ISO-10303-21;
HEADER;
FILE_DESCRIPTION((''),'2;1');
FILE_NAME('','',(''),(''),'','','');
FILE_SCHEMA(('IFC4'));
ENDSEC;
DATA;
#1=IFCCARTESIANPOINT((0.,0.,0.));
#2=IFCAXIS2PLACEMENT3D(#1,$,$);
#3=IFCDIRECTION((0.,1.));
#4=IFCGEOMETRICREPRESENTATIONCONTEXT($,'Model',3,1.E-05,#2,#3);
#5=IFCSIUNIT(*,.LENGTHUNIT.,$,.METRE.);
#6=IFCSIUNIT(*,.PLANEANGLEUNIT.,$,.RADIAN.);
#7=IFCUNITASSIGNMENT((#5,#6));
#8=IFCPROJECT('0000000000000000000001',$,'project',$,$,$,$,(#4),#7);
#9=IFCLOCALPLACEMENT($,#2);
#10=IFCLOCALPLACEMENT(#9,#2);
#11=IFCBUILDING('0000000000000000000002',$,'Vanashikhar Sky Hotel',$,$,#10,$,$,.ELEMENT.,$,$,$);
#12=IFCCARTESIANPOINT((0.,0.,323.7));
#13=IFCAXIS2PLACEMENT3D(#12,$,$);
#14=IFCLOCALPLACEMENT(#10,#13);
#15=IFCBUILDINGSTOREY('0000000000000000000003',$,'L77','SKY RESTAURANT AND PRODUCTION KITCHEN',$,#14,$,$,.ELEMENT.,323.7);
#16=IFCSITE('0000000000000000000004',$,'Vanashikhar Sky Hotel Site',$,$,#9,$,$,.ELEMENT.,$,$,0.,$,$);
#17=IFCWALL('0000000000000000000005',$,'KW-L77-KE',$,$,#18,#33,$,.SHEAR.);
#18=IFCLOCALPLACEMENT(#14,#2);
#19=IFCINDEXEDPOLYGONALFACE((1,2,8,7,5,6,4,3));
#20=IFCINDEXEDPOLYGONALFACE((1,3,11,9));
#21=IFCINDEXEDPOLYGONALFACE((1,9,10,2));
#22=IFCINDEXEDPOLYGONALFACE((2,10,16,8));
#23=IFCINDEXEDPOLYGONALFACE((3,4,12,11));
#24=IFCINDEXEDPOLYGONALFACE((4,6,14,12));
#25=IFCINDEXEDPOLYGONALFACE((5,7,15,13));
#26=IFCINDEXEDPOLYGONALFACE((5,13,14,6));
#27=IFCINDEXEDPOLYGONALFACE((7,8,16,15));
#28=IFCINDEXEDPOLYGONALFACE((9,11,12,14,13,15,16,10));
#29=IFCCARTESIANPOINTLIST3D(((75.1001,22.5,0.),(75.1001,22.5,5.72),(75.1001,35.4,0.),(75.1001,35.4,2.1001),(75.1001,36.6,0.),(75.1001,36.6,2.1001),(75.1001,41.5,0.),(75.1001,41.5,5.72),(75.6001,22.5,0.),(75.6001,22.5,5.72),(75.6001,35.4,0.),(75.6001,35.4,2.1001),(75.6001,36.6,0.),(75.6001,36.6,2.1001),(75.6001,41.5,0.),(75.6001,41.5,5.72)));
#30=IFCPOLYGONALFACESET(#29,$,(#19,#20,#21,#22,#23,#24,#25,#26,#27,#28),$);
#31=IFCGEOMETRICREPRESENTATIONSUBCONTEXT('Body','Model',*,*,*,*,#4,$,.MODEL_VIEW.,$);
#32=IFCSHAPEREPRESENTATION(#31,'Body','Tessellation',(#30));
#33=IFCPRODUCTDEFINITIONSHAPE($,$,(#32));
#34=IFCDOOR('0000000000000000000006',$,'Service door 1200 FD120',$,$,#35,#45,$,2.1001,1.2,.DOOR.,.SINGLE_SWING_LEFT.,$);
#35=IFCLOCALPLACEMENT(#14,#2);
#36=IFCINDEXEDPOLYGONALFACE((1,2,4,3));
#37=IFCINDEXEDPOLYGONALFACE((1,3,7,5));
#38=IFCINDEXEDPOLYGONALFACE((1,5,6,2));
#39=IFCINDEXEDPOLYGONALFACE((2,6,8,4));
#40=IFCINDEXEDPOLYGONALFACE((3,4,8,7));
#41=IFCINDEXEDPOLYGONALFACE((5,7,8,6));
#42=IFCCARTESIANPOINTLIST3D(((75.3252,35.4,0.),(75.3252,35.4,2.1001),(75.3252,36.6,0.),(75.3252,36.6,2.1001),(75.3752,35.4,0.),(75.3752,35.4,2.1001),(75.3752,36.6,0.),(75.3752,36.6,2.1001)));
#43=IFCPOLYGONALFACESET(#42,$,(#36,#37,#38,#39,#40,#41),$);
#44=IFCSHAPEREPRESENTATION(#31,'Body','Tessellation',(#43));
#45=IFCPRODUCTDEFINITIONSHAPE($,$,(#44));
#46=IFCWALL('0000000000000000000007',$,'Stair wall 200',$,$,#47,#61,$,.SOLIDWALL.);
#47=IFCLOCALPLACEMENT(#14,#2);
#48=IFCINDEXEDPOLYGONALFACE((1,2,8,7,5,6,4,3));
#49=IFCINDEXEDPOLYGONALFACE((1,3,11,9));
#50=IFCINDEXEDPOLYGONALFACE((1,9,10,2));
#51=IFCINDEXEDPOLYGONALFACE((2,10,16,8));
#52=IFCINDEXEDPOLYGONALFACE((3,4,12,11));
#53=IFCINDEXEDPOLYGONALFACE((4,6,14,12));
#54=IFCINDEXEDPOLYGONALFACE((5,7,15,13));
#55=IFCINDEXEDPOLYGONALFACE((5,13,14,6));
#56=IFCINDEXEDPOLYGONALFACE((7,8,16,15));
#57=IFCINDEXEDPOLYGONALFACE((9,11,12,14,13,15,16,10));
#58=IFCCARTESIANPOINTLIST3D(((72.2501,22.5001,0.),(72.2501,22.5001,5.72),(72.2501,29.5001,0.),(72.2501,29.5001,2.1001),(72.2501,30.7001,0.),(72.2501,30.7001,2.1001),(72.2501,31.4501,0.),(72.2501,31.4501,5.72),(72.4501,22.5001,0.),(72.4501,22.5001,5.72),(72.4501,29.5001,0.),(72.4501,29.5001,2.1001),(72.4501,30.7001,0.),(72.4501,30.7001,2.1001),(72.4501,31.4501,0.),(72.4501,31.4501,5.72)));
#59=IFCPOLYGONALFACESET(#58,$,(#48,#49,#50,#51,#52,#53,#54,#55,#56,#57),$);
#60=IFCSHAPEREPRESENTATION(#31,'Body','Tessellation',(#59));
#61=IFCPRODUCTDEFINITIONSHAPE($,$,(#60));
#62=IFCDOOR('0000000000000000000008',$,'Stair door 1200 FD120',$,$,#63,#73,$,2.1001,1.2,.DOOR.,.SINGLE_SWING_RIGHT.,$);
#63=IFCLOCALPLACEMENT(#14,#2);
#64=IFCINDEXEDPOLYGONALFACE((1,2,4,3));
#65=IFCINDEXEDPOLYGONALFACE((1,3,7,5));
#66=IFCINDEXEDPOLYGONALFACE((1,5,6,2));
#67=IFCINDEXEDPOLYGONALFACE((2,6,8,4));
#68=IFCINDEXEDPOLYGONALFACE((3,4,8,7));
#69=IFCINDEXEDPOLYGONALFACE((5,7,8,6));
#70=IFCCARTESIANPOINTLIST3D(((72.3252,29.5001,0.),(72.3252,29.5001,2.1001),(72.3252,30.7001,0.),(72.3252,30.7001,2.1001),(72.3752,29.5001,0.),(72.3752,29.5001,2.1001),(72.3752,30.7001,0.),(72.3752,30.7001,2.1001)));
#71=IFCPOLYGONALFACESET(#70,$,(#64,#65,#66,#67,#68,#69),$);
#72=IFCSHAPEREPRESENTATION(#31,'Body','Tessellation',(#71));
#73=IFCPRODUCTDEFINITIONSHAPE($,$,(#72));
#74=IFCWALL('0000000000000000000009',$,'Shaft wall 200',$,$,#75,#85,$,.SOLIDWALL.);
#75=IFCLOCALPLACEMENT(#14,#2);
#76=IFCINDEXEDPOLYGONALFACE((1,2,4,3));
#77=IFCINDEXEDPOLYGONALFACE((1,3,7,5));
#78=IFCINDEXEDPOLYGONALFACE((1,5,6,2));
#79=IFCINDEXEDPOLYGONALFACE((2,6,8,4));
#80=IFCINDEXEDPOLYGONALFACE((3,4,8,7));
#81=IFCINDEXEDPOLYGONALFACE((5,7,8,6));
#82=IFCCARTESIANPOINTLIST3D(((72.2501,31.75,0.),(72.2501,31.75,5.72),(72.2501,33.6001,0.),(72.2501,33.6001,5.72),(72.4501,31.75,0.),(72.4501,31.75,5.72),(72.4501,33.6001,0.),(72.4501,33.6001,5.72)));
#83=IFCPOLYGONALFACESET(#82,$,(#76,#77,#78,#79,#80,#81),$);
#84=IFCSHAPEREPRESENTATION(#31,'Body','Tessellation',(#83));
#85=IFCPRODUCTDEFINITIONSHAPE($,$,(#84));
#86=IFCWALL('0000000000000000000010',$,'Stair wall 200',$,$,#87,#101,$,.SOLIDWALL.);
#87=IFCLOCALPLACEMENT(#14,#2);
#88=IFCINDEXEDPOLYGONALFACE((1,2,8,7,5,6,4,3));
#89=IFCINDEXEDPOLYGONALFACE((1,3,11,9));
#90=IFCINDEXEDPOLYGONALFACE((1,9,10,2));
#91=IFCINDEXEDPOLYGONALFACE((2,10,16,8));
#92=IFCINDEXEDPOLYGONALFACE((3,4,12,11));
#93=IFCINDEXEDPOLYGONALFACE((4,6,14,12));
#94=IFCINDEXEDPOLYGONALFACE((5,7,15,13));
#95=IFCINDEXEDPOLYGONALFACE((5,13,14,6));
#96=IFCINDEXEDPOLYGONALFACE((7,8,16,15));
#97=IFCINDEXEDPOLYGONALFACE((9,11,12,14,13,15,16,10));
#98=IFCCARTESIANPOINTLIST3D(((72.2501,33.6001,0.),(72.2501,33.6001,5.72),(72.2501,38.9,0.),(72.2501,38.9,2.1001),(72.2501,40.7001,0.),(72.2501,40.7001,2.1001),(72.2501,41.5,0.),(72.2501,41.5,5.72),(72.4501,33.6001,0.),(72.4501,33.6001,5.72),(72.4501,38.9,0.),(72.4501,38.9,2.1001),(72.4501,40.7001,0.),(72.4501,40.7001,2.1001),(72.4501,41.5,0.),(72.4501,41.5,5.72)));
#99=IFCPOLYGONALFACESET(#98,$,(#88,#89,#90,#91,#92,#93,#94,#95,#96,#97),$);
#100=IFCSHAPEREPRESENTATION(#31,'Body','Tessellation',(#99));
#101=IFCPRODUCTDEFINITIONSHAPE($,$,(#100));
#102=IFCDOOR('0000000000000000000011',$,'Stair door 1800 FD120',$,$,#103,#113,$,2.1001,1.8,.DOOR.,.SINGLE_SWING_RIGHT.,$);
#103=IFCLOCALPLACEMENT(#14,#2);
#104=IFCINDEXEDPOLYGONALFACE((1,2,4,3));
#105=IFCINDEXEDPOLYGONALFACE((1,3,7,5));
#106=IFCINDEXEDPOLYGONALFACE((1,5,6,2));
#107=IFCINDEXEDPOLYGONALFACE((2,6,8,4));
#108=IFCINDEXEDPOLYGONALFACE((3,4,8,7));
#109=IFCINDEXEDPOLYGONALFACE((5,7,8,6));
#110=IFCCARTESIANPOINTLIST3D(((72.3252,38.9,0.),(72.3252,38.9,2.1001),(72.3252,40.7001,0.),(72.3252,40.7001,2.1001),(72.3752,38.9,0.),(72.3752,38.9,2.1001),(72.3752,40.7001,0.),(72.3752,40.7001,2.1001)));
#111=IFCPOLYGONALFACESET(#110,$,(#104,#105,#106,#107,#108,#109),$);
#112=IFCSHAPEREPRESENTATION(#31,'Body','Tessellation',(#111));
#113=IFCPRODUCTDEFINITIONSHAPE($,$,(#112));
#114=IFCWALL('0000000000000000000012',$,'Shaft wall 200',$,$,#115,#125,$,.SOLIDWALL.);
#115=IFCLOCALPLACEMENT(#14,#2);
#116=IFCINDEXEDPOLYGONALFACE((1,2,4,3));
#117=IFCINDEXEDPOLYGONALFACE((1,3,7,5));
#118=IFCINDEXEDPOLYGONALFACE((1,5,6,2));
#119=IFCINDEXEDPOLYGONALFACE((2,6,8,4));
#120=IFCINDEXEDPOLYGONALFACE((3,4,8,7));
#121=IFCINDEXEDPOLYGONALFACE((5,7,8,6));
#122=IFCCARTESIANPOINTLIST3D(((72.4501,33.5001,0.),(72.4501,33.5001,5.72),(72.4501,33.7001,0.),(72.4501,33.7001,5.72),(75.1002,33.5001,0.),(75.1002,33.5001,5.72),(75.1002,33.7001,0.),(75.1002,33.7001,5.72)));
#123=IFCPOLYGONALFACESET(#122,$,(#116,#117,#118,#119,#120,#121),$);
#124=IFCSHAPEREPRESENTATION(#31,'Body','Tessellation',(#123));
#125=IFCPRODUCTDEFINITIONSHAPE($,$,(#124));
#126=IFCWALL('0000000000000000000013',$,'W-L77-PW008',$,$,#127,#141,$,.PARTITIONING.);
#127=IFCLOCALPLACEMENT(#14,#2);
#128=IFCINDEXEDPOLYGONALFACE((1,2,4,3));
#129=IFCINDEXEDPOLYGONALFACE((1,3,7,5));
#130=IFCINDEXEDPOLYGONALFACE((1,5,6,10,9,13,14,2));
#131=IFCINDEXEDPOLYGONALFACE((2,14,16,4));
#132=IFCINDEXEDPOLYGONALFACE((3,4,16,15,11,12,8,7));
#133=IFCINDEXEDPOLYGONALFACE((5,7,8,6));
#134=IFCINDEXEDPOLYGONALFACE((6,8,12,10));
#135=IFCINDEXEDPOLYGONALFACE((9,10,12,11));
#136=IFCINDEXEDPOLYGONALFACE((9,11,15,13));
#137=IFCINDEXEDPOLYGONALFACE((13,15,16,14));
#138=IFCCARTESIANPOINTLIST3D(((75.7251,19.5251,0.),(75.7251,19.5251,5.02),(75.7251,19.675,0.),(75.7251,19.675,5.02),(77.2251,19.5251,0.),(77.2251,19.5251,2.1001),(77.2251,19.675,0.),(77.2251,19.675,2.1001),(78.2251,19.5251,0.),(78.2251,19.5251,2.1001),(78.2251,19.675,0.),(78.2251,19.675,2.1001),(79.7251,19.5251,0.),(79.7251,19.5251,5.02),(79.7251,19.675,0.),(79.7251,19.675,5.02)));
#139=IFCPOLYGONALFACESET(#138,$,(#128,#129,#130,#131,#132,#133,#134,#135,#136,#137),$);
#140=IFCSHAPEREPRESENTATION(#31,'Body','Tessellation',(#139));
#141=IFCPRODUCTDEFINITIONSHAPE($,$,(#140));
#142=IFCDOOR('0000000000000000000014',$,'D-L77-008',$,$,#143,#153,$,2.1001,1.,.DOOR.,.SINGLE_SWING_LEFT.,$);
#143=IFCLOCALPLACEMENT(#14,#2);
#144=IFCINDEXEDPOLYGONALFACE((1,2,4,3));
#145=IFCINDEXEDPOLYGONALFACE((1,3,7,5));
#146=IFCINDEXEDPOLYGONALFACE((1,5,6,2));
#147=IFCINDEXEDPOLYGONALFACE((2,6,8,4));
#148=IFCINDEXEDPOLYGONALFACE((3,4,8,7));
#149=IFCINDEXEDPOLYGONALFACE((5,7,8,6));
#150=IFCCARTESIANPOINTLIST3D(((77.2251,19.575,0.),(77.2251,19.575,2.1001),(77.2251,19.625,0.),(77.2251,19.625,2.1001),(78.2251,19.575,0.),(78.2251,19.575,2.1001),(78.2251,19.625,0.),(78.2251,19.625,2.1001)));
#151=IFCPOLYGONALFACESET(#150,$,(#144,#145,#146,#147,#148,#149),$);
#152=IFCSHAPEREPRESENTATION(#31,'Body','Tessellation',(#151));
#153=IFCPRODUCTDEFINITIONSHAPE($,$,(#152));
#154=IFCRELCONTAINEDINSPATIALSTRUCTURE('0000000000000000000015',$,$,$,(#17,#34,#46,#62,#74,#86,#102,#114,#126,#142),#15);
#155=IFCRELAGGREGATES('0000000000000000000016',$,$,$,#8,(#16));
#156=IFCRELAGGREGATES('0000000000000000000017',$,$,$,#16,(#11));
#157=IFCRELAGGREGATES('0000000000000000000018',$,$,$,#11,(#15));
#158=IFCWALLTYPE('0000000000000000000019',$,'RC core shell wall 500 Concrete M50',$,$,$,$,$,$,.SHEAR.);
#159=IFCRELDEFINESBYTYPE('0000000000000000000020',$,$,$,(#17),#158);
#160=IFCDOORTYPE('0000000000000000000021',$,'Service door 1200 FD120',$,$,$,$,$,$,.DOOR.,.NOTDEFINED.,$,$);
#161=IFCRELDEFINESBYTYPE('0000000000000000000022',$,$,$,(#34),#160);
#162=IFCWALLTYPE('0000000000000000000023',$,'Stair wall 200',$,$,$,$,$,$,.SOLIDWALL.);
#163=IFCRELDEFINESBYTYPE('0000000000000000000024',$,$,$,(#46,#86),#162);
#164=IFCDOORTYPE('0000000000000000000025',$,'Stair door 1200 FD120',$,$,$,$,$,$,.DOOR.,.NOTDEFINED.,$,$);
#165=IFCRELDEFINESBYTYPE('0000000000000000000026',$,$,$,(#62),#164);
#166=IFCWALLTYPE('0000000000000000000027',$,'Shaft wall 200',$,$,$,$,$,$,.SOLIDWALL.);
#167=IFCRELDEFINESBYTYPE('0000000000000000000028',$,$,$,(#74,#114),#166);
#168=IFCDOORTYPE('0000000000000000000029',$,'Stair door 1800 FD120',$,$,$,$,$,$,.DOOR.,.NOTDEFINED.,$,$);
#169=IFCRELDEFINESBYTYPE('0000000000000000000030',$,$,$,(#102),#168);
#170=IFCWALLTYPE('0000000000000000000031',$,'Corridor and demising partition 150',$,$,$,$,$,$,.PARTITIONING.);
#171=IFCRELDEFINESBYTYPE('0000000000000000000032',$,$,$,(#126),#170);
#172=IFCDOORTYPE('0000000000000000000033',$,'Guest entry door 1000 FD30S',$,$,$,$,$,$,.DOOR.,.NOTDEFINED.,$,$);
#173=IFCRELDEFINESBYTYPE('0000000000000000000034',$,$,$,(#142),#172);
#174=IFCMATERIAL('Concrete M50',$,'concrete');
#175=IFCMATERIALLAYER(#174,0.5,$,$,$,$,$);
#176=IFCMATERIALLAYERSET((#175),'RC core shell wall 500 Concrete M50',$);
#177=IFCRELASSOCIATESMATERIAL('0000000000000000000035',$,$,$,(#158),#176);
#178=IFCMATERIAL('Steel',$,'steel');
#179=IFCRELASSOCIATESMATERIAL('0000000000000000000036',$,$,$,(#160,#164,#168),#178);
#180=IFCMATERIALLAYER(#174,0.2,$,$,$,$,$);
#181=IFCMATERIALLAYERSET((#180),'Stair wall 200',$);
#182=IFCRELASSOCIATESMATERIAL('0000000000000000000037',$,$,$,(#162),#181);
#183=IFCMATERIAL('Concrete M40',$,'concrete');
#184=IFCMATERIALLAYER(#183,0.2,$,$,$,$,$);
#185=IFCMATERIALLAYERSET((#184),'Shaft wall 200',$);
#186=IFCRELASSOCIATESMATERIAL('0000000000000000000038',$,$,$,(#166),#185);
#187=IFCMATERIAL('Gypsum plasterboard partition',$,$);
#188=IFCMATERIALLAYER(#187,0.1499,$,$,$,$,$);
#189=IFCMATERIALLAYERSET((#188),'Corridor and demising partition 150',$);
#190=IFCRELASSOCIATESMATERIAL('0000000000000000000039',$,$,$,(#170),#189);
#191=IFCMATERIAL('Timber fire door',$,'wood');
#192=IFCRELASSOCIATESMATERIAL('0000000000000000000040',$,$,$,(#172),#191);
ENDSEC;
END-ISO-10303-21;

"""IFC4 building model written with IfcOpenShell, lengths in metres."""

from ifc_helpers import new_model, si_unit, direction, frame, frame_2d, origin, place, context, subcontext, project, spatial, rectangle, extrude, source, transform, mapped, material, layer, layer_set, type_object, element, fill, save


model = new_model("IFC4")

# Units and contexts
model_context = context("Model", 3, precision=1e-05, world=origin(), true_north=direction((0.0, 1.0)))
body_context = subcontext(model_context, "Body", "Model", "MODEL_VIEW")
ifc_project = project(units=[si_unit("LENGTHUNIT", "METRE"), si_unit("PLANEANGLEUNIT", "RADIAN")], contexts=[model_context])

# Site, building, storey
site_placement = place(None, origin())
site = spatial("IfcSite", under=ifc_project, at=site_placement, Name="Vanashikhar Sky Hotel Site", CompositionType="ELEMENT", RefElevation=0.0)
building_placement = place(site_placement, origin())
building = spatial("IfcBuilding", under=site, at=building_placement, Name="Vanashikhar Sky Hotel", CompositionType="ELEMENT")
storey_placement = place(building_placement, frame((0.0, 0.0, 323.7)))
storey = spatial("IfcBuildingStorey", under=building, at=storey_placement, Name="L77", Description="SKY RESTAURANT AND PRODUCTION KITCHEN", CompositionType="ELEMENT", Elevation=323.7)

# Walls, openings, doors
ifc_material_1 = material(Name="Concrete M50", Category="concrete")
ifc_layer_1 = layer(ifc_material_1, 0.5)
ifc_layer_set_1 = layer_set([ifc_layer_1], Name="RC core shell wall 500 Concrete M50")
wall_type_1 = type_object("IfcWallType", Name="RC core shell wall 500 Concrete M50", PredefinedType="SHEAR", material=ifc_layer_set_1)
shared_shape_1 = source(origin(), body_context, "Body", "SweptSolid", [
    extrude(rectangle(XDim=19.0, YDim=0.5, at=frame_2d((9.5, 0.0))), origin(), (0.0, 0.0, 1.0), 5.72),
])
wall_1_placement = place(storey_placement, frame((75.3501, 22.5, 0.0), z_axis=(0.0, 0.0, 1.0), x_axis=(0.0, 1.0, 0.0)))
wall_1 = element("IfcWall", 1, at=wall_1_placement, inside=storey, type_object=wall_type_1, Name="KW-L77-KE", PredefinedType="SHEAR", context=body_context, shape_type="MappedRepresentation", body=[
    mapped(shared_shape_1, transform((0.0, 0.0, 0.0), scale=1.0)),
])
shared_shape_2 = source(origin(), body_context, "Body", "SweptSolid", [
    extrude(rectangle(XDim=1.2, YDim=2.1001, at=frame_2d((0.6001, 1.05))), frame((0.0, 0.26, 0.0), z_axis=(0.0, -1.0, 0.0), x_axis=(1.0, 0.0, 0.0)), (0.0, 0.0, 1.0), 0.52),
])
opening_1_placement = place(wall_1_placement, frame((12.8999, 0.0, 0.0)))
opening_1 = element("IfcOpeningElement", 2, at=opening_1_placement, cuts=wall_1, PredefinedType="OPENING", context=body_context, shape_type="MappedRepresentation", body=[
    mapped(shared_shape_2, transform((0.0, 0.0, 0.0), scale=1.0)),
])
ifc_material_2 = material(Name="Steel", Category="steel")
door_type_1 = type_object("IfcDoorType", Name="Service door 1200 FD120", OperationType="NOTDEFINED", PredefinedType="DOOR", material=ifc_material_2)
shared_shape_3 = source(origin(), body_context, "Body", "SweptSolid", [
    extrude(rectangle(XDim=1.2, YDim=2.1001, at=frame_2d((0.6001, 1.05))), frame((0.0, 0.0249, 0.0), z_axis=(0.0, -1.0, 0.0), x_axis=(1.0, 0.0, 0.0)), (0.0, 0.0, 1.0), 0.05),
])
door_1_placement = place(opening_1_placement, origin())
door_1 = element("IfcDoor", 3, at=door_1_placement, inside=storey, type_object=door_type_1, Name="Service door 1200 FD120", OperationType="SINGLE_SWING_LEFT", OverallHeight=2.1001, OverallWidth=1.2, PredefinedType="DOOR", context=body_context, shape_type="MappedRepresentation", body=[
    mapped(shared_shape_3, transform((0.0, 0.0, 0.0), scale=1.0)),
])
fill(opening_1, door_1)
ifc_layer_2 = layer(ifc_material_1, 0.2)
ifc_layer_set_2 = layer_set([ifc_layer_2], Name="Stair wall 200")
wall_type_2 = type_object("IfcWallType", Name="Stair wall 200", PredefinedType="SOLIDWALL", material=ifc_layer_set_2)
shared_shape_4 = source(origin(), body_context, "Body", "SweptSolid", [
    extrude(rectangle(XDim=8.95, YDim=0.2, at=frame_2d((4.4751, 0.0))), origin(), (0.0, 0.0, 1.0), 5.72),
])
wall_2_placement = place(storey_placement, frame((72.3501, 22.5, 0.0), z_axis=(0.0, 0.0, 1.0), x_axis=(0.0, 1.0, 0.0)))
wall_2 = element("IfcWall", 4, at=wall_2_placement, inside=storey, type_object=wall_type_2, Name="Stair wall 200", PredefinedType="SOLIDWALL", context=body_context, shape_type="MappedRepresentation", body=[
    mapped(shared_shape_4, transform((0.0, 0.0, 0.0), scale=1.0)),
])
shared_shape_5 = source(origin(), body_context, "Body", "SweptSolid", [
    extrude(rectangle(XDim=1.2, YDim=2.1001, at=frame_2d((0.6001, 1.05))), frame((0.0, 0.1099, 0.0), z_axis=(0.0, -1.0, 0.0), x_axis=(1.0, 0.0, 0.0)), (0.0, 0.0, 1.0), 0.22),
])
opening_2_placement = place(wall_2_placement, frame((7.0, 0.0, 0.0)))
opening_2 = element("IfcOpeningElement", 5, at=opening_2_placement, cuts=wall_2, PredefinedType="OPENING", context=body_context, shape_type="MappedRepresentation", body=[
    mapped(shared_shape_5, transform((0.0, 0.0, 0.0), scale=1.0)),
])
door_type_2 = type_object("IfcDoorType", Name="Stair door 1200 FD120", OperationType="NOTDEFINED", PredefinedType="DOOR", material=ifc_material_2)
door_2_placement = place(opening_2_placement, origin())
door_2 = element("IfcDoor", 6, at=door_2_placement, inside=storey, type_object=door_type_2, Name="Stair door 1200 FD120", OperationType="SINGLE_SWING_RIGHT", OverallHeight=2.1001, OverallWidth=1.2, PredefinedType="DOOR", context=body_context, shape_type="MappedRepresentation", body=[
    mapped(shared_shape_3, transform((0.0, 0.0, 0.0), scale=1.0)),
])
fill(opening_2, door_2)

# Wall
ifc_material_3 = material(Name="Concrete M40", Category="concrete")
ifc_layer_3 = layer(ifc_material_3, 0.2)
ifc_layer_set_3 = layer_set([ifc_layer_3], Name="Shaft wall 200")
wall_type_3 = type_object("IfcWallType", Name="Shaft wall 200", PredefinedType="SOLIDWALL", material=ifc_layer_set_3)
shared_shape_6 = source(origin(), body_context, "Body", "SweptSolid", [
    extrude(rectangle(XDim=1.8501, YDim=0.2, at=frame_2d((0.925, 0.0))), origin(), (0.0, 0.0, 1.0), 5.72),
])
wall_3_placement = place(storey_placement, frame((72.3501, 31.75, 0.0), z_axis=(0.0, 0.0, 1.0), x_axis=(0.0, 1.0, 0.0)))
element("IfcWall", 7, at=wall_3_placement, inside=storey, type_object=wall_type_3, Name="Shaft wall 200", PredefinedType="SOLIDWALL", context=body_context, shape_type="MappedRepresentation", body=[
    mapped(shared_shape_6, transform((0.0, 0.0, 0.0), scale=1.0)),
])

# Wall, opening, door
shared_shape_7 = source(origin(), body_context, "Body", "SweptSolid", [
    extrude(rectangle(XDim=7.8999, YDim=0.2, at=frame_2d((3.95, 0.0))), origin(), (0.0, 0.0, 1.0), 5.72),
])
wall_4_placement = place(storey_placement, frame((72.3501, 33.6001, 0.0), z_axis=(0.0, 0.0, 1.0), x_axis=(0.0, 1.0, 0.0)))
wall_4 = element("IfcWall", 8, at=wall_4_placement, inside=storey, type_object=wall_type_2, Name="Stair wall 200", PredefinedType="SOLIDWALL", context=body_context, shape_type="MappedRepresentation", body=[
    mapped(shared_shape_7, transform((0.0, 0.0, 0.0), scale=1.0)),
])
shared_shape_8 = source(origin(), body_context, "Body", "SweptSolid", [
    extrude(rectangle(XDim=1.8, YDim=2.1001, at=frame_2d((0.8999, 1.05))), frame((0.0, 0.1099, 0.0), z_axis=(0.0, -1.0, 0.0), x_axis=(1.0, 0.0, 0.0)), (0.0, 0.0, 1.0), 0.22),
])
opening_3_placement = place(wall_4_placement, frame((5.3, 0.0, 0.0)))
opening_3 = element("IfcOpeningElement", 9, at=opening_3_placement, cuts=wall_4, PredefinedType="OPENING", context=body_context, shape_type="MappedRepresentation", body=[
    mapped(shared_shape_8, transform((0.0, 0.0, 0.0), scale=1.0)),
])
door_type_3 = type_object("IfcDoorType", Name="Stair door 1800 FD120", OperationType="NOTDEFINED", PredefinedType="DOOR", material=ifc_material_2)
shared_shape_9 = source(origin(), body_context, "Body", "SweptSolid", [
    extrude(rectangle(XDim=1.8, YDim=2.1001, at=frame_2d((0.8999, 1.05))), frame((0.0, 0.0249, 0.0), z_axis=(0.0, -1.0, 0.0), x_axis=(1.0, 0.0, 0.0)), (0.0, 0.0, 1.0), 0.05),
])
door_3_placement = place(opening_3_placement, origin())
door_3 = element("IfcDoor", 10, at=door_3_placement, inside=storey, type_object=door_type_3, Name="Stair door 1800 FD120", OperationType="SINGLE_SWING_RIGHT", OverallHeight=2.1001, OverallWidth=1.8, PredefinedType="DOOR", context=body_context, shape_type="MappedRepresentation", body=[
    mapped(shared_shape_9, transform((0.0, 0.0, 0.0), scale=1.0)),
])
fill(opening_3, door_3)

# Wall
shared_shape_10 = source(origin(), body_context, "Body", "SweptSolid", [
    extrude(rectangle(XDim=2.6501, YDim=0.2, at=frame_2d((1.3252, 0.0))), origin(), (0.0, 0.0, 1.0), 5.72),
])
wall_5_placement = place(storey_placement, frame((72.45, 33.6001, 0.0), z_axis=(0.0, 0.0, 1.0), x_axis=(1.0, 0.0, 0.0)))
element("IfcWall", 11, at=wall_5_placement, inside=storey, type_object=wall_type_3, Name="Shaft wall 200", PredefinedType="SOLIDWALL", context=body_context, shape_type="MappedRepresentation", body=[
    mapped(shared_shape_10, transform((0.0, 0.0, 0.0), scale=1.0)),
])

# Wall, opening, door
ifc_material_4 = material(Name="Gypsum plasterboard partition")
ifc_layer_4 = layer(ifc_material_4, 0.1499)
ifc_layer_set_4 = layer_set([ifc_layer_4], Name="Corridor and demising partition 150")
wall_type_4 = type_object("IfcWallType", Name="Corridor and demising partition 150", PredefinedType="PARTITIONING", material=ifc_layer_set_4)
shared_shape_11 = source(origin(), body_context, "Body", "SweptSolid", [
    extrude(rectangle(XDim=4.0, YDim=0.1499, at=frame_2d((2.0, 0.0))), origin(), (0.0, 0.0, 1.0), 5.02),
])
wall_6_placement = place(storey_placement, frame((75.7251, 19.6001, 0.0), z_axis=(0.0, 0.0, 1.0), x_axis=(1.0, 0.0, 0.0)))
wall_6 = element("IfcWall", 12, at=wall_6_placement, inside=storey, type_object=wall_type_4, Name="W-L77-PW008", PredefinedType="PARTITIONING", context=body_context, shape_type="MappedRepresentation", body=[
    mapped(shared_shape_11, transform((0.0, 0.0, 0.0), scale=1.0)),
])
shared_shape_12 = source(origin(), body_context, "Body", "SweptSolid", [
    extrude(rectangle(XDim=1.0, YDim=2.1001, at=frame_2d((0.5, 1.05))), frame((0.0, 0.085, 0.0), z_axis=(0.0, -1.0, 0.0), x_axis=(1.0, 0.0, 0.0)), (0.0, 0.0, 1.0), 0.1699),
])
opening_4_placement = place(wall_6_placement, frame((1.5, 0.0, 0.0)))
opening_4 = element("IfcOpeningElement", 13, at=opening_4_placement, cuts=wall_6, PredefinedType="OPENING", context=body_context, shape_type="MappedRepresentation", body=[
    mapped(shared_shape_12, transform((0.0, 0.0, 0.0), scale=1.0)),
])
ifc_material_5 = material(Name="Timber fire door", Category="wood")
door_type_4 = type_object("IfcDoorType", Name="Guest entry door 1000 FD30S", OperationType="NOTDEFINED", PredefinedType="DOOR", material=ifc_material_5)
shared_shape_13 = source(origin(), body_context, "Body", "SweptSolid", [
    extrude(rectangle(XDim=1.0, YDim=2.1001, at=frame_2d((0.5, 1.05))), frame((0.0, 0.0249, 0.0), z_axis=(0.0, -1.0, 0.0), x_axis=(1.0, 0.0, 0.0)), (0.0, 0.0, 1.0), 0.05),
])
door_4_placement = place(opening_4_placement, origin())
door_4 = element("IfcDoor", 14, at=door_4_placement, inside=storey, type_object=door_type_4, Name="D-L77-008", OperationType="SINGLE_SWING_LEFT", OverallHeight=2.1001, OverallWidth=1.0, PredefinedType="DOOR", context=body_context, shape_type="MappedRepresentation", body=[
    mapped(shared_shape_13, transform((0.0, 0.0, 0.0), scale=1.0)),
])
fill(opening_4, door_4)

save(model, "model.ifc")
